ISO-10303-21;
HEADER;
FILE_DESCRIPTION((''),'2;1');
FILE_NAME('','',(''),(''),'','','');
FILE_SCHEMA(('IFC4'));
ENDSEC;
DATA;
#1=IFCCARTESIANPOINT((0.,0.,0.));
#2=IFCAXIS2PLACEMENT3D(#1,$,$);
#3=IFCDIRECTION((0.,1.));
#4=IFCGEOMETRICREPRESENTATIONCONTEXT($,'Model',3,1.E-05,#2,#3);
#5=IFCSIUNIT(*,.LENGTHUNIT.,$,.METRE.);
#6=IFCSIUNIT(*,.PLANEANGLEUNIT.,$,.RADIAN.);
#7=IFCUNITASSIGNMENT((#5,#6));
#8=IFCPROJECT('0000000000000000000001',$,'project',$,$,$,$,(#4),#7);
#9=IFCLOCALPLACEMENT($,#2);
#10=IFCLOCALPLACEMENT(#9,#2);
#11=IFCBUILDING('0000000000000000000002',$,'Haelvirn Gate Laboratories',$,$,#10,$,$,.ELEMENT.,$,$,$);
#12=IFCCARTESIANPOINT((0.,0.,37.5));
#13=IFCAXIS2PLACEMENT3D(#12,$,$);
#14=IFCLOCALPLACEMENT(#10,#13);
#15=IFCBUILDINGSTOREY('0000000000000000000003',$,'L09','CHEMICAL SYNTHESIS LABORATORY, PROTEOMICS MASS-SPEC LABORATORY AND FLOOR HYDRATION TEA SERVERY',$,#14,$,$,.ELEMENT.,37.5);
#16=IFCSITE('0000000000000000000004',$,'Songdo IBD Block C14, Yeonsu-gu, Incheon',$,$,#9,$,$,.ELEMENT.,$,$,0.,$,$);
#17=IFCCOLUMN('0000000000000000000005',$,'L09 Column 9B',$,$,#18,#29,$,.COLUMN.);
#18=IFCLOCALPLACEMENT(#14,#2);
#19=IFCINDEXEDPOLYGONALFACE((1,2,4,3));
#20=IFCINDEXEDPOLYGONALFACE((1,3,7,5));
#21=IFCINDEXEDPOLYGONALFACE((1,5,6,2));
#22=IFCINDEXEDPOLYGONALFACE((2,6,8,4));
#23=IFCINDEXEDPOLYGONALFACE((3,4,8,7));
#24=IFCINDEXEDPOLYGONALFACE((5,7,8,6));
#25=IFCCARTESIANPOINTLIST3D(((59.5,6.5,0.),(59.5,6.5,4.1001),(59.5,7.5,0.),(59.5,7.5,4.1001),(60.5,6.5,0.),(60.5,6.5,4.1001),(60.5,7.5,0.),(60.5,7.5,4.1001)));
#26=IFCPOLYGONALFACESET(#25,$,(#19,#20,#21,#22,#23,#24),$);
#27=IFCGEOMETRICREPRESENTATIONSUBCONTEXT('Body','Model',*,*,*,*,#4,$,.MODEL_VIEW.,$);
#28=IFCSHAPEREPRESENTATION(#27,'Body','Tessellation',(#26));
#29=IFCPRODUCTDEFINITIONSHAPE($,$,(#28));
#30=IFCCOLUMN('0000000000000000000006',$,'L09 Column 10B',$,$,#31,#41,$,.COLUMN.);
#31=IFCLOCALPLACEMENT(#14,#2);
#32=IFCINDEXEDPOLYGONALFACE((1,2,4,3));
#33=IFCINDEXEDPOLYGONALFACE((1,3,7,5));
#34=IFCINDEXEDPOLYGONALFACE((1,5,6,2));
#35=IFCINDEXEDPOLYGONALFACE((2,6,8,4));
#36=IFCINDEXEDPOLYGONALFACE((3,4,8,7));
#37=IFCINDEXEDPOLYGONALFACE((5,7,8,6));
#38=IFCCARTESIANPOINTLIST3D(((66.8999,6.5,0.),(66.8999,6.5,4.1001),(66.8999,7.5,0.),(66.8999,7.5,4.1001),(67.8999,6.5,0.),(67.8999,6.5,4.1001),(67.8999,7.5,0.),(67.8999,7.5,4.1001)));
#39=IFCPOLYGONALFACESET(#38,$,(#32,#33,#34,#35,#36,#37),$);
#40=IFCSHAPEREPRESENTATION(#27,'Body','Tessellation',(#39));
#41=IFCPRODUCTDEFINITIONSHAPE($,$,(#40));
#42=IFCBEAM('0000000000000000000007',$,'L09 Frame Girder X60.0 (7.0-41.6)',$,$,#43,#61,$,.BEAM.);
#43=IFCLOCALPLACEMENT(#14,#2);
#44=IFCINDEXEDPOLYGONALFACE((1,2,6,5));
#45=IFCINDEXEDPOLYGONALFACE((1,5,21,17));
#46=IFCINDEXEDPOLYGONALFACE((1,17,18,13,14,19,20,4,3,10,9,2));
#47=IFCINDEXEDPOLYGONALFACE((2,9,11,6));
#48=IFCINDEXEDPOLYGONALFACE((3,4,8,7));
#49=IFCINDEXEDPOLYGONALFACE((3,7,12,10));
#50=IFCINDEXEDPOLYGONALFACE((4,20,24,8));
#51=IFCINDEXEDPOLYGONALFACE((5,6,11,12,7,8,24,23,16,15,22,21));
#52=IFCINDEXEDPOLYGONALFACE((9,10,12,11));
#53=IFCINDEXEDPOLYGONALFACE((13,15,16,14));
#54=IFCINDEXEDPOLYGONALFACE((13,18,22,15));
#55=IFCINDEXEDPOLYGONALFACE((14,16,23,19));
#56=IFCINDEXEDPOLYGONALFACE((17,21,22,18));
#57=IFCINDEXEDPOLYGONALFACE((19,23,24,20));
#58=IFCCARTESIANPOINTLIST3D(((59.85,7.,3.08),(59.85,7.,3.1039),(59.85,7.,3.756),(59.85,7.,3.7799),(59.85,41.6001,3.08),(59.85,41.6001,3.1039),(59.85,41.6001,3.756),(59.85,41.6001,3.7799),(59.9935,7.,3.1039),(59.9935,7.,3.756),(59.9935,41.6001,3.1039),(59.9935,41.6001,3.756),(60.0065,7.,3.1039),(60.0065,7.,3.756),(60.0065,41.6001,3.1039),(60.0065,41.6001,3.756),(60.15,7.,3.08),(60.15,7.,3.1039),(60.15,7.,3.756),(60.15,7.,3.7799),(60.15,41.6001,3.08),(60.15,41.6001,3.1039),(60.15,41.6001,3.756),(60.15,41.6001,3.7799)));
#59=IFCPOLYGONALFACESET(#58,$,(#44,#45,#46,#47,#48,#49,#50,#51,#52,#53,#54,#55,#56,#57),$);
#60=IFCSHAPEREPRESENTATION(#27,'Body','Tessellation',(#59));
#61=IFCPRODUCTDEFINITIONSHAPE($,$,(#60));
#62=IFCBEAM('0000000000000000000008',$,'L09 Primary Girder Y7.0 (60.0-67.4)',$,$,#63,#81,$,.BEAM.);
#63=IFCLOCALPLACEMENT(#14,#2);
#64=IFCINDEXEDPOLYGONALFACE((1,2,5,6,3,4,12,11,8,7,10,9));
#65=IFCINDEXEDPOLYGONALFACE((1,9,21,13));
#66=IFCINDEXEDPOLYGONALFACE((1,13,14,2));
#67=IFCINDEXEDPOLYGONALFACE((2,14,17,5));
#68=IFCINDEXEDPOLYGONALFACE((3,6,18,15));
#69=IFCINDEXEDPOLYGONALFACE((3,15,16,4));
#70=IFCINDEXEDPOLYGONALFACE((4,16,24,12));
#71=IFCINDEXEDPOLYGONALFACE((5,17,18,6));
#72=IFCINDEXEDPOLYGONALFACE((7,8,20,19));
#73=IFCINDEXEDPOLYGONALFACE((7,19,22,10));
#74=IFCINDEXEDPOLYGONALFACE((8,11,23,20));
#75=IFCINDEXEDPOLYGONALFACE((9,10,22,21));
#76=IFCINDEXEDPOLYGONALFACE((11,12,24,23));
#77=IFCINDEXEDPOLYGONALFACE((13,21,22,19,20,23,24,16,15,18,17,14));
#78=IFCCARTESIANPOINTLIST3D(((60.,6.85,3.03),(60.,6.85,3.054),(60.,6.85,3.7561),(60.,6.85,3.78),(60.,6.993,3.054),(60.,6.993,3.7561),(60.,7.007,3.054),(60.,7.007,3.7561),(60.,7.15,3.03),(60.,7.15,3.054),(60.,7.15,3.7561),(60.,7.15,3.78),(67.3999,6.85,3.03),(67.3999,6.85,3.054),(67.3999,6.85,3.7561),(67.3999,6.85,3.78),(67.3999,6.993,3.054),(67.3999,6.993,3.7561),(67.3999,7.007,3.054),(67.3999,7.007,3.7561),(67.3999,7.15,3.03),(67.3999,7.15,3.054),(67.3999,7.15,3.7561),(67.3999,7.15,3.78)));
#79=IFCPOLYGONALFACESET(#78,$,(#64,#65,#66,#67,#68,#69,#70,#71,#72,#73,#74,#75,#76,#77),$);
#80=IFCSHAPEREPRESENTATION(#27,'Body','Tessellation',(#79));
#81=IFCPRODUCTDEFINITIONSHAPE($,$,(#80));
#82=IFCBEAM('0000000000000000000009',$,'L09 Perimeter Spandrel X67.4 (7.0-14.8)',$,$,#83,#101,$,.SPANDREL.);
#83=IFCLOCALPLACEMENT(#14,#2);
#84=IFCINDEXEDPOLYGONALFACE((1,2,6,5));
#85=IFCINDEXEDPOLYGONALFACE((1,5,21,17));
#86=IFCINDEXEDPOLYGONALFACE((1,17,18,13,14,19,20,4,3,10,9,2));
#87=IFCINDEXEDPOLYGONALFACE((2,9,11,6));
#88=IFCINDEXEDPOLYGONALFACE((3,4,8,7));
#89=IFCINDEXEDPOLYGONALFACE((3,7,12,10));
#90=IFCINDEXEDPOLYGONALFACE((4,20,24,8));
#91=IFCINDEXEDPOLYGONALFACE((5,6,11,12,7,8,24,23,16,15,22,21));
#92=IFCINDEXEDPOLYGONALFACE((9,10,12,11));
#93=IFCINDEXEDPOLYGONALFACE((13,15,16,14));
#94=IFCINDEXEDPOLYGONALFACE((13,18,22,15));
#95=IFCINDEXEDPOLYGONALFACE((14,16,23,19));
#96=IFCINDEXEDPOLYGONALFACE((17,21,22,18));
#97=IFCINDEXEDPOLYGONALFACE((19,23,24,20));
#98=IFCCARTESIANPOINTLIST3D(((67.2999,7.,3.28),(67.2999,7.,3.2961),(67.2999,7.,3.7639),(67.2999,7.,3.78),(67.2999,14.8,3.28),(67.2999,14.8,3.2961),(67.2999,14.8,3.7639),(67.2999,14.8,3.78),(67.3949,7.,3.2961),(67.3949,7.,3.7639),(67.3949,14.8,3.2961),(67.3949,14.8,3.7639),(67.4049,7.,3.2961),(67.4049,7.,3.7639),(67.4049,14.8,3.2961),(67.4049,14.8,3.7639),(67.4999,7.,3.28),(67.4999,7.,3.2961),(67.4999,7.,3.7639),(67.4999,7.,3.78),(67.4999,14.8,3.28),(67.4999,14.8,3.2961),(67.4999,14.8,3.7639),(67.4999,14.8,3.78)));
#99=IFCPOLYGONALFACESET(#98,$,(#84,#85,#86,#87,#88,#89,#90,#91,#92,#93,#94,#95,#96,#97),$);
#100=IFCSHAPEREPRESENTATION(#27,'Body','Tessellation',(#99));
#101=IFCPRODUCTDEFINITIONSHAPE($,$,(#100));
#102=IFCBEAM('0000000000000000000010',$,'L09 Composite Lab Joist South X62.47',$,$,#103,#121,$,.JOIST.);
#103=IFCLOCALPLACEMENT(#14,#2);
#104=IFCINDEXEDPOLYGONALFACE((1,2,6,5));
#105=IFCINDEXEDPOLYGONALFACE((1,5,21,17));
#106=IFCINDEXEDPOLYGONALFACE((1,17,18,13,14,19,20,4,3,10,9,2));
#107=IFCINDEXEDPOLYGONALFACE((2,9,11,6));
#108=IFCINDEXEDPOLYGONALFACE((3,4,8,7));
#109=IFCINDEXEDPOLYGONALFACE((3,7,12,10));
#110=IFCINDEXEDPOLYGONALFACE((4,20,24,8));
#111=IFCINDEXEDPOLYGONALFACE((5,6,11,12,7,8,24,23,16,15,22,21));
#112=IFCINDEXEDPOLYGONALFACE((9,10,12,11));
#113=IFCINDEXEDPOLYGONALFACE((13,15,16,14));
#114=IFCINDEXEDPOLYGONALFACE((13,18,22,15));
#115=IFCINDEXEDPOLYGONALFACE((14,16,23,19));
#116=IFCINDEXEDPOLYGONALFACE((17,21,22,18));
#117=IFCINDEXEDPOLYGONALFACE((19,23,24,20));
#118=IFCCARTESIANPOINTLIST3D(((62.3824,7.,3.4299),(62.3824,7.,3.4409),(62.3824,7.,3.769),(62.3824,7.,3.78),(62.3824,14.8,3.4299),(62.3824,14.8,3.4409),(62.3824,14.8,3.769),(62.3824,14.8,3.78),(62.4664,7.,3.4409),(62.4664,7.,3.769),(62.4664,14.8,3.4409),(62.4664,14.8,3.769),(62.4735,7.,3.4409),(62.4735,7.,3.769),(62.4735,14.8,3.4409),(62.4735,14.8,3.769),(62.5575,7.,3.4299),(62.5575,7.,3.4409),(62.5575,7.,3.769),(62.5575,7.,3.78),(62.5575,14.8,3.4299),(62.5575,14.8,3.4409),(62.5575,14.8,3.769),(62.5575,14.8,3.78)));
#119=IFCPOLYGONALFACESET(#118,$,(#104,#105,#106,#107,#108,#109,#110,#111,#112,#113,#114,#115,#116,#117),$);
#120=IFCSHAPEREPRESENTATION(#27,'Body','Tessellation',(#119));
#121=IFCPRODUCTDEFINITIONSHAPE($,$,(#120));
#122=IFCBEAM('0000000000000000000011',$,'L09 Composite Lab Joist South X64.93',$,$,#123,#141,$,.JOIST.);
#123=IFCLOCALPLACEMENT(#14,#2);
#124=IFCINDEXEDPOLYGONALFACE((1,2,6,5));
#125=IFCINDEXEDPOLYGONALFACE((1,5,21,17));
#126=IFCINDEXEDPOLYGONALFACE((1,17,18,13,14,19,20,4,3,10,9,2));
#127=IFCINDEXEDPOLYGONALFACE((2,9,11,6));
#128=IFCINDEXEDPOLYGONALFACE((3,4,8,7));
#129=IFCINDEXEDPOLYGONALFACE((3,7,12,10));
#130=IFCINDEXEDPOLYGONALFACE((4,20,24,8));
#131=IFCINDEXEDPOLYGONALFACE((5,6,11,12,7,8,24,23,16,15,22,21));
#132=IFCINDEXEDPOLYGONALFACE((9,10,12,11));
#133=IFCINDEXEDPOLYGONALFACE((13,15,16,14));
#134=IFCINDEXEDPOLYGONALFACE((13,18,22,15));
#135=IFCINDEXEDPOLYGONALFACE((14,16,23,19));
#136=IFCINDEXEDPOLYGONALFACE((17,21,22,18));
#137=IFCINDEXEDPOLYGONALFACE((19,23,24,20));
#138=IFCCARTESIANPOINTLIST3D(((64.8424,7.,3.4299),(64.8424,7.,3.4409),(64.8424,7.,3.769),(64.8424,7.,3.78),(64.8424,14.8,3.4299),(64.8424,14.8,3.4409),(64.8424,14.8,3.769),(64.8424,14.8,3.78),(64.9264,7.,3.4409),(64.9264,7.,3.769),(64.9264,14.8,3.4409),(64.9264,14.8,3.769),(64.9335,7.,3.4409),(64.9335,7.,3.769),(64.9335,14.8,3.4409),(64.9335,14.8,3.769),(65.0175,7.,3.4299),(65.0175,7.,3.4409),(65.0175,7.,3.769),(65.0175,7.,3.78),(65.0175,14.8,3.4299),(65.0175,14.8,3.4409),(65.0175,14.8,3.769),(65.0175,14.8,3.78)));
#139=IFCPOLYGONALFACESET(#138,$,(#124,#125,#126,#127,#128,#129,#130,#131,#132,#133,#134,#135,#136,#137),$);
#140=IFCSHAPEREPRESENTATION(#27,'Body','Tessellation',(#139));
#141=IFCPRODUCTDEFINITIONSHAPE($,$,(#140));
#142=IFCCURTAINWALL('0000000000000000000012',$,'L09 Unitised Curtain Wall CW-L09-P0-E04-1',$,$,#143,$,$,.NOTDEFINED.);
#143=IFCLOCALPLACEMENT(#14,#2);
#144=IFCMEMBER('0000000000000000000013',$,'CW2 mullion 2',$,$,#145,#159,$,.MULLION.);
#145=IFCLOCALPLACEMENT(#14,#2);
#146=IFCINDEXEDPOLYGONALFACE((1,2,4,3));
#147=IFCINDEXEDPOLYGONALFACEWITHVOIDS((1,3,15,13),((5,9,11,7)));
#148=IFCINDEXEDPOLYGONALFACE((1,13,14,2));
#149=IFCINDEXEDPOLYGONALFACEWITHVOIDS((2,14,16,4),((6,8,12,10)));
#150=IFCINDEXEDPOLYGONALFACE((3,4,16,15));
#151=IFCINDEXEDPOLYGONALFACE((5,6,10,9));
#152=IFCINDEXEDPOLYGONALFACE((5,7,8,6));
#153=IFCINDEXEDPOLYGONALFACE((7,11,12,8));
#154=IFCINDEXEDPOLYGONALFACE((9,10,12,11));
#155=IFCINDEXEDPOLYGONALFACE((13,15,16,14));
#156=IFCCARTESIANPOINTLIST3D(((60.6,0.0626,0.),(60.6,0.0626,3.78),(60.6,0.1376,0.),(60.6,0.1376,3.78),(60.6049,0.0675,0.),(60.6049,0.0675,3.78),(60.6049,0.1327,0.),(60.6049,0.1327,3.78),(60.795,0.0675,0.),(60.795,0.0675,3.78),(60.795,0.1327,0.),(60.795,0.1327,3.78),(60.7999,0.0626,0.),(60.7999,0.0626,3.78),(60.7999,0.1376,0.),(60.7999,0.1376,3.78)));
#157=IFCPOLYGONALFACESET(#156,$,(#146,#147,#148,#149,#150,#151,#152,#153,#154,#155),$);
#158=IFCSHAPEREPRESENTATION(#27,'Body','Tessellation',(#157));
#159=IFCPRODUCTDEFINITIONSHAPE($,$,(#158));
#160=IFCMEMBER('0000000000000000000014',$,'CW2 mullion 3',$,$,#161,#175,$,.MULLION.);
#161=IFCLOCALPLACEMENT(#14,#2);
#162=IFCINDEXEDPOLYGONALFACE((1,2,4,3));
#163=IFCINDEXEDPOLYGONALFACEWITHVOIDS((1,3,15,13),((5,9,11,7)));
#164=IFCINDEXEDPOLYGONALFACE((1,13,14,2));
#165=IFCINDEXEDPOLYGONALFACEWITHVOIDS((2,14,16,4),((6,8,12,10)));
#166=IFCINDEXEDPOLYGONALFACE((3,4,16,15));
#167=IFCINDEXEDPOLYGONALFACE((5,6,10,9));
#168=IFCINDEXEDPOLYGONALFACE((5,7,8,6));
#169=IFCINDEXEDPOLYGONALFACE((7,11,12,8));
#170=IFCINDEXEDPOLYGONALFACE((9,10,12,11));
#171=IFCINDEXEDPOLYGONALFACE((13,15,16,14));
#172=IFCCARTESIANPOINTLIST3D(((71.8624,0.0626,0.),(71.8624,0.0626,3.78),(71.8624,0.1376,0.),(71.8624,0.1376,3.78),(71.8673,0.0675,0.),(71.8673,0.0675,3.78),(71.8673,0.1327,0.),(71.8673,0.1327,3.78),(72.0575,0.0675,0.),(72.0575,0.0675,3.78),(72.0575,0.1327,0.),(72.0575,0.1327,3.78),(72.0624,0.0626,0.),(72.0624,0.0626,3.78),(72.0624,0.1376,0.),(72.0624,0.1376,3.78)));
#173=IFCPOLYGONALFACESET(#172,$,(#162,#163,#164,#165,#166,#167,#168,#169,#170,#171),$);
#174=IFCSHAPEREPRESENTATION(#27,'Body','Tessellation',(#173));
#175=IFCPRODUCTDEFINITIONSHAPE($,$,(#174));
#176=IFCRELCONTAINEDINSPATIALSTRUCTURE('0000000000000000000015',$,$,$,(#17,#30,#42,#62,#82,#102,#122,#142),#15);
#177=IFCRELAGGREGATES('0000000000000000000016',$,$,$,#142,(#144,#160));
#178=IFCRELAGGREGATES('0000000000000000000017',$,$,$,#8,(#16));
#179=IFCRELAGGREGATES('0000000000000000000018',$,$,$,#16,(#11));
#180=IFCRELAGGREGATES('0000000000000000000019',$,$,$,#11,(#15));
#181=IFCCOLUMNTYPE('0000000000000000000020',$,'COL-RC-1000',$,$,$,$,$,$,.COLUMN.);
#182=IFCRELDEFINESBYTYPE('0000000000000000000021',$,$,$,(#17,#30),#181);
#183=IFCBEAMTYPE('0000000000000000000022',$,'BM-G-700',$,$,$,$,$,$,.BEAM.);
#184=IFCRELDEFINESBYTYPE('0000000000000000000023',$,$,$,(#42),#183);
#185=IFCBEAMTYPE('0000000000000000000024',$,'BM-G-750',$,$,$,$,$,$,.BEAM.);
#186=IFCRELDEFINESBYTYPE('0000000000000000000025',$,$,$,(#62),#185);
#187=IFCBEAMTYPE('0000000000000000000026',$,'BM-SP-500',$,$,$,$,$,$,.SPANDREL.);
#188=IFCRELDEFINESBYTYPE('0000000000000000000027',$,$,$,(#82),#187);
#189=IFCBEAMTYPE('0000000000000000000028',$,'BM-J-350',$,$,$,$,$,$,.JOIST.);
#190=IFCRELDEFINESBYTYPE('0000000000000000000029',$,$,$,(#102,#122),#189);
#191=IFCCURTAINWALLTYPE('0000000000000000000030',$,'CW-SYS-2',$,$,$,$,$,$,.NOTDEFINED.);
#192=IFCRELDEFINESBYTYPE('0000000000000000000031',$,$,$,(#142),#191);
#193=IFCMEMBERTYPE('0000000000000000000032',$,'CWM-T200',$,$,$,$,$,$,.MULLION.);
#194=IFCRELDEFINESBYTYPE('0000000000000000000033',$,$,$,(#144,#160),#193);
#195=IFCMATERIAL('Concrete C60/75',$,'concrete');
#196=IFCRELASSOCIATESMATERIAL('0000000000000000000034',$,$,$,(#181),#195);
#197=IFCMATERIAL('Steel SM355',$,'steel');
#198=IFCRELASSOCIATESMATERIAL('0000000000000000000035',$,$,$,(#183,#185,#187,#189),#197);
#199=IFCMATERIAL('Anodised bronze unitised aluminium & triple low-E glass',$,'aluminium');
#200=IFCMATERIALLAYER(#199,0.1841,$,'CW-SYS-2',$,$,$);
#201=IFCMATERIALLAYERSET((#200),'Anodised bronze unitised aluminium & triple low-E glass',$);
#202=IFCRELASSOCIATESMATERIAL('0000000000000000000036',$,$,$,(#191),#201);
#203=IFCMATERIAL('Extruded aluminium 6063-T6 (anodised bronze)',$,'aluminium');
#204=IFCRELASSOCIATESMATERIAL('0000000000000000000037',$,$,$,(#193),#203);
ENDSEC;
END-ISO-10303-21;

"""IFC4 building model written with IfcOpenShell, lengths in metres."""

from ifc_helpers import new_model, si_unit, direction, frame, origin, origin_2d, place, context, subcontext, project, spatial, rectangle, hollow_rectangle, i_section, extrude, source, transform, mapped, material, layer, layer_set, material_profile, profile_set, type_object, type_shapes, element, aggregate, save


model = new_model("IFC4")

# Units and contexts
model_context = context("Model", 3, precision=1e-05, world=origin(), true_north=direction((0.0, 1.0)))
body_context = subcontext(model_context, "Body", "Model", "MODEL_VIEW")
ifc_project = project(units=[si_unit("LENGTHUNIT", "METRE"), si_unit("PLANEANGLEUNIT", "RADIAN")], contexts=[model_context])

# Site, building, storey
site_placement = place(None, origin())
site = spatial("IfcSite", under=ifc_project, at=site_placement, Name="Songdo IBD Block C14, Yeonsu-gu, Incheon", CompositionType="ELEMENT", RefElevation=0.0)
building_placement = place(site_placement, origin())
building = spatial("IfcBuilding", under=site, at=building_placement, Name="Haelvirn Gate Laboratories", CompositionType="ELEMENT")
storey_placement = place(building_placement, frame((0.0, 0.0, 37.5)))
storey = spatial("IfcBuildingStorey", under=building, at=storey_placement, Name="L09", Description="CHEMICAL SYNTHESIS LABORATORY, PROTEOMICS MASS-SPEC LABORATORY AND FLOOR HYDRATION TEA SERVERY", CompositionType="ELEMENT", Elevation=37.5)

# Columns
ifc_material_1 = material(Name="Concrete C60/75", Category="concrete")
ifc_material_profile_1 = material_profile(ifc_material_1, rectangle(XDim=1.0, YDim=1.0, at=origin_2d()), Name="RC-1000x1000")
ifc_profile_set_1 = profile_set([ifc_material_profile_1], Name="Concrete C60/75")
column_type = type_object("IfcColumnType", Name="COL-RC-1000", PredefinedType="COLUMN", material=ifc_profile_set_1)
shared_shape_1 = source(origin(), body_context, "Body", "SweptSolid", [
    extrude(rectangle(XDim=1.0, YDim=1.0, at=origin_2d()), origin(), (0.0, 0.0, 1.0), 4.1001),
])
type_shapes(column_type, [shared_shape_1])
for number, where, z_axis, x_axis, name in (
    (1, (60.0, 7.0, 0.0), (0.0, 0.0, 1.0), (1.0, 0.0, 0.0), "L09 Column 9B"),
    (2, (67.3999, 7.0, 0.0), (0.0, 0.0, 1.0), (1.0, 0.0, 0.0), "L09 Column 10B"),
):
    element("IfcColumn", number, at=place(storey_placement, frame(where, z_axis=z_axis, x_axis=x_axis)), inside=storey, type_object=column_type, Name=name, PredefinedType="COLUMN", context=body_context, shape_type="MappedRepresentation", body=[
        mapped(shared_shape_1, transform((0.0, 0.0, 0.0), scale=1.0)),
    ])

# Beams
ifc_material_2 = material(Name="Steel SM355", Category="steel")
ifc_material_profile_2 = material_profile(ifc_material_2, i_section(OverallWidth=0.3, OverallDepth=0.7, WebThickness=0.0129, FlangeThickness=0.0239, at=origin_2d()), Name="H-700x300x13x24")
ifc_profile_set_2 = profile_set([ifc_material_profile_2], Name="Steel SM355")
beam_type_1 = type_object("IfcBeamType", Name="BM-G-700", PredefinedType="BEAM", material=ifc_profile_set_2)
shared_shape_2 = source(origin(), body_context, "Body", "SweptSolid", [
    extrude(i_section(OverallWidth=0.3, OverallDepth=0.7, WebThickness=0.0129, FlangeThickness=0.0239, at=origin_2d()), origin(), (0.0, 0.0, 1.0), 34.6001),
])
type_shapes(beam_type_1, [shared_shape_2])
beam_1_placement = place(storey_placement, frame((60.0, 7.0, 3.4299), z_axis=(0.0, 1.0, 0.0), x_axis=(-1.0, 0.0, 0.0)))
element("IfcBeam", 3, at=beam_1_placement, inside=storey, type_object=beam_type_1, Name="L09 Frame Girder X60.0 (7.0-41.6)", PredefinedType="BEAM", context=body_context, shape_type="MappedRepresentation", body=[
    mapped(shared_shape_2, transform((0.0, 0.0, 0.0), scale=1.0)),
])
ifc_material_profile_3 = material_profile(ifc_material_2, i_section(OverallWidth=0.3, OverallDepth=0.75, WebThickness=0.0139, FlangeThickness=0.0239, at=origin_2d()), Name="H-750x300x14x24")
ifc_profile_set_3 = profile_set([ifc_material_profile_3], Name="Steel SM355")
beam_type_2 = type_object("IfcBeamType", Name="BM-G-750", PredefinedType="BEAM", material=ifc_profile_set_3)
shared_shape_3 = source(origin(), body_context, "Body", "SweptSolid", [
    extrude(i_section(OverallWidth=0.3, OverallDepth=0.75, WebThickness=0.0139, FlangeThickness=0.0239, at=origin_2d()), origin(), (0.0, 0.0, 1.0), 7.3999),
])
type_shapes(beam_type_2, [shared_shape_3])
beam_2_placement = place(storey_placement, frame((60.0, 7.0, 3.405), z_axis=(1.0, 0.0, 0.0), x_axis=(0.0, 1.0, 0.0)))
element("IfcBeam", 4, at=beam_2_placement, inside=storey, type_object=beam_type_2, Name="L09 Primary Girder Y7.0 (60.0-67.4)", PredefinedType="BEAM", context=body_context, shape_type="MappedRepresentation", body=[
    mapped(shared_shape_3, transform((0.0, 0.0, 0.0), scale=1.0)),
])
ifc_material_profile_4 = material_profile(ifc_material_2, i_section(OverallWidth=0.2, OverallDepth=0.5, WebThickness=0.01, FlangeThickness=0.0161, at=origin_2d()), Name="H-500x200x10x16")
ifc_profile_set_4 = profile_set([ifc_material_profile_4], Name="Steel SM355")
beam_type_3 = type_object("IfcBeamType", Name="BM-SP-500", PredefinedType="SPANDREL", material=ifc_profile_set_4)
shared_shape_4 = source(origin(), body_context, "Body", "SweptSolid", [
    extrude(i_section(OverallWidth=0.2, OverallDepth=0.5, WebThickness=0.01, FlangeThickness=0.0161, at=origin_2d()), origin(), (0.0, 0.0, 1.0), 7.8),
])
type_shapes(beam_type_3, [shared_shape_4])
beam_3_placement = place(storey_placement, frame((67.3999, 7.0, 3.53), z_axis=(0.0, 1.0, 0.0), x_axis=(-1.0, 0.0, 0.0)))
element("IfcBeam", 5, at=beam_3_placement, inside=storey, type_object=beam_type_3, Name="L09 Perimeter Spandrel X67.4 (7.0-14.8)", PredefinedType="SPANDREL", context=body_context, shape_type="MappedRepresentation", body=[
    mapped(shared_shape_4, transform((0.0, 0.0, 0.0), scale=1.0)),
])
ifc_material_profile_5 = material_profile(ifc_material_2, i_section(OverallWidth=0.175, OverallDepth=0.3501, WebThickness=0.0071, FlangeThickness=0.011, at=origin_2d()), Name="H-350x175x7x11")
ifc_profile_set_5 = profile_set([ifc_material_profile_5], Name="Steel SM355")
beam_type_4 = type_object("IfcBeamType", Name="BM-J-350", PredefinedType="JOIST", material=ifc_profile_set_5)
shared_shape_5 = source(origin(), body_context, "Body", "SweptSolid", [
    extrude(i_section(OverallWidth=0.175, OverallDepth=0.3501, WebThickness=0.0071, FlangeThickness=0.011, at=origin_2d()), origin(), (0.0, 0.0, 1.0), 7.8),
])
type_shapes(beam_type_4, [shared_shape_5])
for number, where, z_axis, x_axis, name in (
    (6, (62.47, 7.0, 3.605), (0.0, 1.0, 0.0), (-1.0, 0.0, 0.0), "L09 Composite Lab Joist South X62.47"),
    (7, (64.9299, 7.0, 3.605), (0.0, 1.0, 0.0), (-1.0, 0.0, 0.0), "L09 Composite Lab Joist South X64.93"),
):
    element("IfcBeam", number, at=place(storey_placement, frame(where, z_axis=z_axis, x_axis=x_axis)), inside=storey, type_object=beam_type_4, Name=name, PredefinedType="JOIST", context=body_context, shape_type="MappedRepresentation", body=[
        mapped(shared_shape_5, transform((0.0, 0.0, 0.0), scale=1.0)),
    ])

# Curtain wall, members
ifc_material_3 = material(Name="Anodised bronze unitised aluminium & triple low-E glass", Category="aluminium")
ifc_layer_1 = layer(ifc_material_3, 0.1841, Name="CW-SYS-2")
ifc_layer_set_1 = layer_set([ifc_layer_1], Name="Anodised bronze unitised aluminium & triple low-E glass")
curtain_wall_type_1 = type_object("IfcCurtainWallType", Name="CW-SYS-2", PredefinedType="NOTDEFINED", material=ifc_layer_set_1)
curtain_wall_1_placement = place(storey_placement, origin())
curtain_wall_1 = element("IfcCurtainWall", 8, at=curtain_wall_1_placement, inside=storey, type_object=curtain_wall_type_1, Name="L09 Unitised Curtain Wall CW-L09-P0-E04-1", PredefinedType="NOTDEFINED")
ifc_material_4 = material(Name="Extruded aluminium 6063-T6 (anodised bronze)", Category="aluminium")
ifc_material_profile_6 = material_profile(ifc_material_4, hollow_rectangle(XDim=0.075, YDim=0.2, WallThickness=0.0049, at=origin_2d()), Name="CWM-200x75x5")
ifc_profile_set_6 = profile_set([ifc_material_profile_6], Name="Extruded aluminium 6063-T6 (anodised bronze)")
member_type_1 = type_object("IfcMemberType", Name="CWM-T200", PredefinedType="MULLION", material=ifc_profile_set_6)
shared_shape_6 = source(origin(), body_context, "Body", "SweptSolid", [
    extrude(hollow_rectangle(XDim=0.075, YDim=0.2, WallThickness=0.0049, at=origin_2d()), origin(), (0.0, 0.0, 1.0), 3.78),
])
type_shapes(member_type_1, [shared_shape_6])
member_1_placement = place(storey_placement, frame((60.7, 0.1001, 0.0), z_axis=(0.0, 0.0, 1.0), x_axis=(0.0, 1.0, 0.0)))
member_1 = element("IfcMember", 9, at=member_1_placement, type_object=member_type_1, Name="CW2 mullion 2", PredefinedType="MULLION", context=body_context, shape_type="MappedRepresentation", body=[
    mapped(shared_shape_6, transform((0.0, 0.0, 0.0), scale=1.0)),
])
member_2_placement = place(storey_placement, frame((71.9624, 0.1001, 0.0), z_axis=(0.0, 0.0, 1.0), x_axis=(0.0, 1.0, 0.0)))
member_2 = element("IfcMember", 10, at=member_2_placement, type_object=member_type_1, Name="CW2 mullion 3", PredefinedType="MULLION", context=body_context, shape_type="MappedRepresentation", body=[
    mapped(shared_shape_6, transform((0.0, 0.0, 0.0), scale=1.0)),
])

aggregate(curtain_wall_1, [member_1, member_2])

save(model, "model.ifc")
